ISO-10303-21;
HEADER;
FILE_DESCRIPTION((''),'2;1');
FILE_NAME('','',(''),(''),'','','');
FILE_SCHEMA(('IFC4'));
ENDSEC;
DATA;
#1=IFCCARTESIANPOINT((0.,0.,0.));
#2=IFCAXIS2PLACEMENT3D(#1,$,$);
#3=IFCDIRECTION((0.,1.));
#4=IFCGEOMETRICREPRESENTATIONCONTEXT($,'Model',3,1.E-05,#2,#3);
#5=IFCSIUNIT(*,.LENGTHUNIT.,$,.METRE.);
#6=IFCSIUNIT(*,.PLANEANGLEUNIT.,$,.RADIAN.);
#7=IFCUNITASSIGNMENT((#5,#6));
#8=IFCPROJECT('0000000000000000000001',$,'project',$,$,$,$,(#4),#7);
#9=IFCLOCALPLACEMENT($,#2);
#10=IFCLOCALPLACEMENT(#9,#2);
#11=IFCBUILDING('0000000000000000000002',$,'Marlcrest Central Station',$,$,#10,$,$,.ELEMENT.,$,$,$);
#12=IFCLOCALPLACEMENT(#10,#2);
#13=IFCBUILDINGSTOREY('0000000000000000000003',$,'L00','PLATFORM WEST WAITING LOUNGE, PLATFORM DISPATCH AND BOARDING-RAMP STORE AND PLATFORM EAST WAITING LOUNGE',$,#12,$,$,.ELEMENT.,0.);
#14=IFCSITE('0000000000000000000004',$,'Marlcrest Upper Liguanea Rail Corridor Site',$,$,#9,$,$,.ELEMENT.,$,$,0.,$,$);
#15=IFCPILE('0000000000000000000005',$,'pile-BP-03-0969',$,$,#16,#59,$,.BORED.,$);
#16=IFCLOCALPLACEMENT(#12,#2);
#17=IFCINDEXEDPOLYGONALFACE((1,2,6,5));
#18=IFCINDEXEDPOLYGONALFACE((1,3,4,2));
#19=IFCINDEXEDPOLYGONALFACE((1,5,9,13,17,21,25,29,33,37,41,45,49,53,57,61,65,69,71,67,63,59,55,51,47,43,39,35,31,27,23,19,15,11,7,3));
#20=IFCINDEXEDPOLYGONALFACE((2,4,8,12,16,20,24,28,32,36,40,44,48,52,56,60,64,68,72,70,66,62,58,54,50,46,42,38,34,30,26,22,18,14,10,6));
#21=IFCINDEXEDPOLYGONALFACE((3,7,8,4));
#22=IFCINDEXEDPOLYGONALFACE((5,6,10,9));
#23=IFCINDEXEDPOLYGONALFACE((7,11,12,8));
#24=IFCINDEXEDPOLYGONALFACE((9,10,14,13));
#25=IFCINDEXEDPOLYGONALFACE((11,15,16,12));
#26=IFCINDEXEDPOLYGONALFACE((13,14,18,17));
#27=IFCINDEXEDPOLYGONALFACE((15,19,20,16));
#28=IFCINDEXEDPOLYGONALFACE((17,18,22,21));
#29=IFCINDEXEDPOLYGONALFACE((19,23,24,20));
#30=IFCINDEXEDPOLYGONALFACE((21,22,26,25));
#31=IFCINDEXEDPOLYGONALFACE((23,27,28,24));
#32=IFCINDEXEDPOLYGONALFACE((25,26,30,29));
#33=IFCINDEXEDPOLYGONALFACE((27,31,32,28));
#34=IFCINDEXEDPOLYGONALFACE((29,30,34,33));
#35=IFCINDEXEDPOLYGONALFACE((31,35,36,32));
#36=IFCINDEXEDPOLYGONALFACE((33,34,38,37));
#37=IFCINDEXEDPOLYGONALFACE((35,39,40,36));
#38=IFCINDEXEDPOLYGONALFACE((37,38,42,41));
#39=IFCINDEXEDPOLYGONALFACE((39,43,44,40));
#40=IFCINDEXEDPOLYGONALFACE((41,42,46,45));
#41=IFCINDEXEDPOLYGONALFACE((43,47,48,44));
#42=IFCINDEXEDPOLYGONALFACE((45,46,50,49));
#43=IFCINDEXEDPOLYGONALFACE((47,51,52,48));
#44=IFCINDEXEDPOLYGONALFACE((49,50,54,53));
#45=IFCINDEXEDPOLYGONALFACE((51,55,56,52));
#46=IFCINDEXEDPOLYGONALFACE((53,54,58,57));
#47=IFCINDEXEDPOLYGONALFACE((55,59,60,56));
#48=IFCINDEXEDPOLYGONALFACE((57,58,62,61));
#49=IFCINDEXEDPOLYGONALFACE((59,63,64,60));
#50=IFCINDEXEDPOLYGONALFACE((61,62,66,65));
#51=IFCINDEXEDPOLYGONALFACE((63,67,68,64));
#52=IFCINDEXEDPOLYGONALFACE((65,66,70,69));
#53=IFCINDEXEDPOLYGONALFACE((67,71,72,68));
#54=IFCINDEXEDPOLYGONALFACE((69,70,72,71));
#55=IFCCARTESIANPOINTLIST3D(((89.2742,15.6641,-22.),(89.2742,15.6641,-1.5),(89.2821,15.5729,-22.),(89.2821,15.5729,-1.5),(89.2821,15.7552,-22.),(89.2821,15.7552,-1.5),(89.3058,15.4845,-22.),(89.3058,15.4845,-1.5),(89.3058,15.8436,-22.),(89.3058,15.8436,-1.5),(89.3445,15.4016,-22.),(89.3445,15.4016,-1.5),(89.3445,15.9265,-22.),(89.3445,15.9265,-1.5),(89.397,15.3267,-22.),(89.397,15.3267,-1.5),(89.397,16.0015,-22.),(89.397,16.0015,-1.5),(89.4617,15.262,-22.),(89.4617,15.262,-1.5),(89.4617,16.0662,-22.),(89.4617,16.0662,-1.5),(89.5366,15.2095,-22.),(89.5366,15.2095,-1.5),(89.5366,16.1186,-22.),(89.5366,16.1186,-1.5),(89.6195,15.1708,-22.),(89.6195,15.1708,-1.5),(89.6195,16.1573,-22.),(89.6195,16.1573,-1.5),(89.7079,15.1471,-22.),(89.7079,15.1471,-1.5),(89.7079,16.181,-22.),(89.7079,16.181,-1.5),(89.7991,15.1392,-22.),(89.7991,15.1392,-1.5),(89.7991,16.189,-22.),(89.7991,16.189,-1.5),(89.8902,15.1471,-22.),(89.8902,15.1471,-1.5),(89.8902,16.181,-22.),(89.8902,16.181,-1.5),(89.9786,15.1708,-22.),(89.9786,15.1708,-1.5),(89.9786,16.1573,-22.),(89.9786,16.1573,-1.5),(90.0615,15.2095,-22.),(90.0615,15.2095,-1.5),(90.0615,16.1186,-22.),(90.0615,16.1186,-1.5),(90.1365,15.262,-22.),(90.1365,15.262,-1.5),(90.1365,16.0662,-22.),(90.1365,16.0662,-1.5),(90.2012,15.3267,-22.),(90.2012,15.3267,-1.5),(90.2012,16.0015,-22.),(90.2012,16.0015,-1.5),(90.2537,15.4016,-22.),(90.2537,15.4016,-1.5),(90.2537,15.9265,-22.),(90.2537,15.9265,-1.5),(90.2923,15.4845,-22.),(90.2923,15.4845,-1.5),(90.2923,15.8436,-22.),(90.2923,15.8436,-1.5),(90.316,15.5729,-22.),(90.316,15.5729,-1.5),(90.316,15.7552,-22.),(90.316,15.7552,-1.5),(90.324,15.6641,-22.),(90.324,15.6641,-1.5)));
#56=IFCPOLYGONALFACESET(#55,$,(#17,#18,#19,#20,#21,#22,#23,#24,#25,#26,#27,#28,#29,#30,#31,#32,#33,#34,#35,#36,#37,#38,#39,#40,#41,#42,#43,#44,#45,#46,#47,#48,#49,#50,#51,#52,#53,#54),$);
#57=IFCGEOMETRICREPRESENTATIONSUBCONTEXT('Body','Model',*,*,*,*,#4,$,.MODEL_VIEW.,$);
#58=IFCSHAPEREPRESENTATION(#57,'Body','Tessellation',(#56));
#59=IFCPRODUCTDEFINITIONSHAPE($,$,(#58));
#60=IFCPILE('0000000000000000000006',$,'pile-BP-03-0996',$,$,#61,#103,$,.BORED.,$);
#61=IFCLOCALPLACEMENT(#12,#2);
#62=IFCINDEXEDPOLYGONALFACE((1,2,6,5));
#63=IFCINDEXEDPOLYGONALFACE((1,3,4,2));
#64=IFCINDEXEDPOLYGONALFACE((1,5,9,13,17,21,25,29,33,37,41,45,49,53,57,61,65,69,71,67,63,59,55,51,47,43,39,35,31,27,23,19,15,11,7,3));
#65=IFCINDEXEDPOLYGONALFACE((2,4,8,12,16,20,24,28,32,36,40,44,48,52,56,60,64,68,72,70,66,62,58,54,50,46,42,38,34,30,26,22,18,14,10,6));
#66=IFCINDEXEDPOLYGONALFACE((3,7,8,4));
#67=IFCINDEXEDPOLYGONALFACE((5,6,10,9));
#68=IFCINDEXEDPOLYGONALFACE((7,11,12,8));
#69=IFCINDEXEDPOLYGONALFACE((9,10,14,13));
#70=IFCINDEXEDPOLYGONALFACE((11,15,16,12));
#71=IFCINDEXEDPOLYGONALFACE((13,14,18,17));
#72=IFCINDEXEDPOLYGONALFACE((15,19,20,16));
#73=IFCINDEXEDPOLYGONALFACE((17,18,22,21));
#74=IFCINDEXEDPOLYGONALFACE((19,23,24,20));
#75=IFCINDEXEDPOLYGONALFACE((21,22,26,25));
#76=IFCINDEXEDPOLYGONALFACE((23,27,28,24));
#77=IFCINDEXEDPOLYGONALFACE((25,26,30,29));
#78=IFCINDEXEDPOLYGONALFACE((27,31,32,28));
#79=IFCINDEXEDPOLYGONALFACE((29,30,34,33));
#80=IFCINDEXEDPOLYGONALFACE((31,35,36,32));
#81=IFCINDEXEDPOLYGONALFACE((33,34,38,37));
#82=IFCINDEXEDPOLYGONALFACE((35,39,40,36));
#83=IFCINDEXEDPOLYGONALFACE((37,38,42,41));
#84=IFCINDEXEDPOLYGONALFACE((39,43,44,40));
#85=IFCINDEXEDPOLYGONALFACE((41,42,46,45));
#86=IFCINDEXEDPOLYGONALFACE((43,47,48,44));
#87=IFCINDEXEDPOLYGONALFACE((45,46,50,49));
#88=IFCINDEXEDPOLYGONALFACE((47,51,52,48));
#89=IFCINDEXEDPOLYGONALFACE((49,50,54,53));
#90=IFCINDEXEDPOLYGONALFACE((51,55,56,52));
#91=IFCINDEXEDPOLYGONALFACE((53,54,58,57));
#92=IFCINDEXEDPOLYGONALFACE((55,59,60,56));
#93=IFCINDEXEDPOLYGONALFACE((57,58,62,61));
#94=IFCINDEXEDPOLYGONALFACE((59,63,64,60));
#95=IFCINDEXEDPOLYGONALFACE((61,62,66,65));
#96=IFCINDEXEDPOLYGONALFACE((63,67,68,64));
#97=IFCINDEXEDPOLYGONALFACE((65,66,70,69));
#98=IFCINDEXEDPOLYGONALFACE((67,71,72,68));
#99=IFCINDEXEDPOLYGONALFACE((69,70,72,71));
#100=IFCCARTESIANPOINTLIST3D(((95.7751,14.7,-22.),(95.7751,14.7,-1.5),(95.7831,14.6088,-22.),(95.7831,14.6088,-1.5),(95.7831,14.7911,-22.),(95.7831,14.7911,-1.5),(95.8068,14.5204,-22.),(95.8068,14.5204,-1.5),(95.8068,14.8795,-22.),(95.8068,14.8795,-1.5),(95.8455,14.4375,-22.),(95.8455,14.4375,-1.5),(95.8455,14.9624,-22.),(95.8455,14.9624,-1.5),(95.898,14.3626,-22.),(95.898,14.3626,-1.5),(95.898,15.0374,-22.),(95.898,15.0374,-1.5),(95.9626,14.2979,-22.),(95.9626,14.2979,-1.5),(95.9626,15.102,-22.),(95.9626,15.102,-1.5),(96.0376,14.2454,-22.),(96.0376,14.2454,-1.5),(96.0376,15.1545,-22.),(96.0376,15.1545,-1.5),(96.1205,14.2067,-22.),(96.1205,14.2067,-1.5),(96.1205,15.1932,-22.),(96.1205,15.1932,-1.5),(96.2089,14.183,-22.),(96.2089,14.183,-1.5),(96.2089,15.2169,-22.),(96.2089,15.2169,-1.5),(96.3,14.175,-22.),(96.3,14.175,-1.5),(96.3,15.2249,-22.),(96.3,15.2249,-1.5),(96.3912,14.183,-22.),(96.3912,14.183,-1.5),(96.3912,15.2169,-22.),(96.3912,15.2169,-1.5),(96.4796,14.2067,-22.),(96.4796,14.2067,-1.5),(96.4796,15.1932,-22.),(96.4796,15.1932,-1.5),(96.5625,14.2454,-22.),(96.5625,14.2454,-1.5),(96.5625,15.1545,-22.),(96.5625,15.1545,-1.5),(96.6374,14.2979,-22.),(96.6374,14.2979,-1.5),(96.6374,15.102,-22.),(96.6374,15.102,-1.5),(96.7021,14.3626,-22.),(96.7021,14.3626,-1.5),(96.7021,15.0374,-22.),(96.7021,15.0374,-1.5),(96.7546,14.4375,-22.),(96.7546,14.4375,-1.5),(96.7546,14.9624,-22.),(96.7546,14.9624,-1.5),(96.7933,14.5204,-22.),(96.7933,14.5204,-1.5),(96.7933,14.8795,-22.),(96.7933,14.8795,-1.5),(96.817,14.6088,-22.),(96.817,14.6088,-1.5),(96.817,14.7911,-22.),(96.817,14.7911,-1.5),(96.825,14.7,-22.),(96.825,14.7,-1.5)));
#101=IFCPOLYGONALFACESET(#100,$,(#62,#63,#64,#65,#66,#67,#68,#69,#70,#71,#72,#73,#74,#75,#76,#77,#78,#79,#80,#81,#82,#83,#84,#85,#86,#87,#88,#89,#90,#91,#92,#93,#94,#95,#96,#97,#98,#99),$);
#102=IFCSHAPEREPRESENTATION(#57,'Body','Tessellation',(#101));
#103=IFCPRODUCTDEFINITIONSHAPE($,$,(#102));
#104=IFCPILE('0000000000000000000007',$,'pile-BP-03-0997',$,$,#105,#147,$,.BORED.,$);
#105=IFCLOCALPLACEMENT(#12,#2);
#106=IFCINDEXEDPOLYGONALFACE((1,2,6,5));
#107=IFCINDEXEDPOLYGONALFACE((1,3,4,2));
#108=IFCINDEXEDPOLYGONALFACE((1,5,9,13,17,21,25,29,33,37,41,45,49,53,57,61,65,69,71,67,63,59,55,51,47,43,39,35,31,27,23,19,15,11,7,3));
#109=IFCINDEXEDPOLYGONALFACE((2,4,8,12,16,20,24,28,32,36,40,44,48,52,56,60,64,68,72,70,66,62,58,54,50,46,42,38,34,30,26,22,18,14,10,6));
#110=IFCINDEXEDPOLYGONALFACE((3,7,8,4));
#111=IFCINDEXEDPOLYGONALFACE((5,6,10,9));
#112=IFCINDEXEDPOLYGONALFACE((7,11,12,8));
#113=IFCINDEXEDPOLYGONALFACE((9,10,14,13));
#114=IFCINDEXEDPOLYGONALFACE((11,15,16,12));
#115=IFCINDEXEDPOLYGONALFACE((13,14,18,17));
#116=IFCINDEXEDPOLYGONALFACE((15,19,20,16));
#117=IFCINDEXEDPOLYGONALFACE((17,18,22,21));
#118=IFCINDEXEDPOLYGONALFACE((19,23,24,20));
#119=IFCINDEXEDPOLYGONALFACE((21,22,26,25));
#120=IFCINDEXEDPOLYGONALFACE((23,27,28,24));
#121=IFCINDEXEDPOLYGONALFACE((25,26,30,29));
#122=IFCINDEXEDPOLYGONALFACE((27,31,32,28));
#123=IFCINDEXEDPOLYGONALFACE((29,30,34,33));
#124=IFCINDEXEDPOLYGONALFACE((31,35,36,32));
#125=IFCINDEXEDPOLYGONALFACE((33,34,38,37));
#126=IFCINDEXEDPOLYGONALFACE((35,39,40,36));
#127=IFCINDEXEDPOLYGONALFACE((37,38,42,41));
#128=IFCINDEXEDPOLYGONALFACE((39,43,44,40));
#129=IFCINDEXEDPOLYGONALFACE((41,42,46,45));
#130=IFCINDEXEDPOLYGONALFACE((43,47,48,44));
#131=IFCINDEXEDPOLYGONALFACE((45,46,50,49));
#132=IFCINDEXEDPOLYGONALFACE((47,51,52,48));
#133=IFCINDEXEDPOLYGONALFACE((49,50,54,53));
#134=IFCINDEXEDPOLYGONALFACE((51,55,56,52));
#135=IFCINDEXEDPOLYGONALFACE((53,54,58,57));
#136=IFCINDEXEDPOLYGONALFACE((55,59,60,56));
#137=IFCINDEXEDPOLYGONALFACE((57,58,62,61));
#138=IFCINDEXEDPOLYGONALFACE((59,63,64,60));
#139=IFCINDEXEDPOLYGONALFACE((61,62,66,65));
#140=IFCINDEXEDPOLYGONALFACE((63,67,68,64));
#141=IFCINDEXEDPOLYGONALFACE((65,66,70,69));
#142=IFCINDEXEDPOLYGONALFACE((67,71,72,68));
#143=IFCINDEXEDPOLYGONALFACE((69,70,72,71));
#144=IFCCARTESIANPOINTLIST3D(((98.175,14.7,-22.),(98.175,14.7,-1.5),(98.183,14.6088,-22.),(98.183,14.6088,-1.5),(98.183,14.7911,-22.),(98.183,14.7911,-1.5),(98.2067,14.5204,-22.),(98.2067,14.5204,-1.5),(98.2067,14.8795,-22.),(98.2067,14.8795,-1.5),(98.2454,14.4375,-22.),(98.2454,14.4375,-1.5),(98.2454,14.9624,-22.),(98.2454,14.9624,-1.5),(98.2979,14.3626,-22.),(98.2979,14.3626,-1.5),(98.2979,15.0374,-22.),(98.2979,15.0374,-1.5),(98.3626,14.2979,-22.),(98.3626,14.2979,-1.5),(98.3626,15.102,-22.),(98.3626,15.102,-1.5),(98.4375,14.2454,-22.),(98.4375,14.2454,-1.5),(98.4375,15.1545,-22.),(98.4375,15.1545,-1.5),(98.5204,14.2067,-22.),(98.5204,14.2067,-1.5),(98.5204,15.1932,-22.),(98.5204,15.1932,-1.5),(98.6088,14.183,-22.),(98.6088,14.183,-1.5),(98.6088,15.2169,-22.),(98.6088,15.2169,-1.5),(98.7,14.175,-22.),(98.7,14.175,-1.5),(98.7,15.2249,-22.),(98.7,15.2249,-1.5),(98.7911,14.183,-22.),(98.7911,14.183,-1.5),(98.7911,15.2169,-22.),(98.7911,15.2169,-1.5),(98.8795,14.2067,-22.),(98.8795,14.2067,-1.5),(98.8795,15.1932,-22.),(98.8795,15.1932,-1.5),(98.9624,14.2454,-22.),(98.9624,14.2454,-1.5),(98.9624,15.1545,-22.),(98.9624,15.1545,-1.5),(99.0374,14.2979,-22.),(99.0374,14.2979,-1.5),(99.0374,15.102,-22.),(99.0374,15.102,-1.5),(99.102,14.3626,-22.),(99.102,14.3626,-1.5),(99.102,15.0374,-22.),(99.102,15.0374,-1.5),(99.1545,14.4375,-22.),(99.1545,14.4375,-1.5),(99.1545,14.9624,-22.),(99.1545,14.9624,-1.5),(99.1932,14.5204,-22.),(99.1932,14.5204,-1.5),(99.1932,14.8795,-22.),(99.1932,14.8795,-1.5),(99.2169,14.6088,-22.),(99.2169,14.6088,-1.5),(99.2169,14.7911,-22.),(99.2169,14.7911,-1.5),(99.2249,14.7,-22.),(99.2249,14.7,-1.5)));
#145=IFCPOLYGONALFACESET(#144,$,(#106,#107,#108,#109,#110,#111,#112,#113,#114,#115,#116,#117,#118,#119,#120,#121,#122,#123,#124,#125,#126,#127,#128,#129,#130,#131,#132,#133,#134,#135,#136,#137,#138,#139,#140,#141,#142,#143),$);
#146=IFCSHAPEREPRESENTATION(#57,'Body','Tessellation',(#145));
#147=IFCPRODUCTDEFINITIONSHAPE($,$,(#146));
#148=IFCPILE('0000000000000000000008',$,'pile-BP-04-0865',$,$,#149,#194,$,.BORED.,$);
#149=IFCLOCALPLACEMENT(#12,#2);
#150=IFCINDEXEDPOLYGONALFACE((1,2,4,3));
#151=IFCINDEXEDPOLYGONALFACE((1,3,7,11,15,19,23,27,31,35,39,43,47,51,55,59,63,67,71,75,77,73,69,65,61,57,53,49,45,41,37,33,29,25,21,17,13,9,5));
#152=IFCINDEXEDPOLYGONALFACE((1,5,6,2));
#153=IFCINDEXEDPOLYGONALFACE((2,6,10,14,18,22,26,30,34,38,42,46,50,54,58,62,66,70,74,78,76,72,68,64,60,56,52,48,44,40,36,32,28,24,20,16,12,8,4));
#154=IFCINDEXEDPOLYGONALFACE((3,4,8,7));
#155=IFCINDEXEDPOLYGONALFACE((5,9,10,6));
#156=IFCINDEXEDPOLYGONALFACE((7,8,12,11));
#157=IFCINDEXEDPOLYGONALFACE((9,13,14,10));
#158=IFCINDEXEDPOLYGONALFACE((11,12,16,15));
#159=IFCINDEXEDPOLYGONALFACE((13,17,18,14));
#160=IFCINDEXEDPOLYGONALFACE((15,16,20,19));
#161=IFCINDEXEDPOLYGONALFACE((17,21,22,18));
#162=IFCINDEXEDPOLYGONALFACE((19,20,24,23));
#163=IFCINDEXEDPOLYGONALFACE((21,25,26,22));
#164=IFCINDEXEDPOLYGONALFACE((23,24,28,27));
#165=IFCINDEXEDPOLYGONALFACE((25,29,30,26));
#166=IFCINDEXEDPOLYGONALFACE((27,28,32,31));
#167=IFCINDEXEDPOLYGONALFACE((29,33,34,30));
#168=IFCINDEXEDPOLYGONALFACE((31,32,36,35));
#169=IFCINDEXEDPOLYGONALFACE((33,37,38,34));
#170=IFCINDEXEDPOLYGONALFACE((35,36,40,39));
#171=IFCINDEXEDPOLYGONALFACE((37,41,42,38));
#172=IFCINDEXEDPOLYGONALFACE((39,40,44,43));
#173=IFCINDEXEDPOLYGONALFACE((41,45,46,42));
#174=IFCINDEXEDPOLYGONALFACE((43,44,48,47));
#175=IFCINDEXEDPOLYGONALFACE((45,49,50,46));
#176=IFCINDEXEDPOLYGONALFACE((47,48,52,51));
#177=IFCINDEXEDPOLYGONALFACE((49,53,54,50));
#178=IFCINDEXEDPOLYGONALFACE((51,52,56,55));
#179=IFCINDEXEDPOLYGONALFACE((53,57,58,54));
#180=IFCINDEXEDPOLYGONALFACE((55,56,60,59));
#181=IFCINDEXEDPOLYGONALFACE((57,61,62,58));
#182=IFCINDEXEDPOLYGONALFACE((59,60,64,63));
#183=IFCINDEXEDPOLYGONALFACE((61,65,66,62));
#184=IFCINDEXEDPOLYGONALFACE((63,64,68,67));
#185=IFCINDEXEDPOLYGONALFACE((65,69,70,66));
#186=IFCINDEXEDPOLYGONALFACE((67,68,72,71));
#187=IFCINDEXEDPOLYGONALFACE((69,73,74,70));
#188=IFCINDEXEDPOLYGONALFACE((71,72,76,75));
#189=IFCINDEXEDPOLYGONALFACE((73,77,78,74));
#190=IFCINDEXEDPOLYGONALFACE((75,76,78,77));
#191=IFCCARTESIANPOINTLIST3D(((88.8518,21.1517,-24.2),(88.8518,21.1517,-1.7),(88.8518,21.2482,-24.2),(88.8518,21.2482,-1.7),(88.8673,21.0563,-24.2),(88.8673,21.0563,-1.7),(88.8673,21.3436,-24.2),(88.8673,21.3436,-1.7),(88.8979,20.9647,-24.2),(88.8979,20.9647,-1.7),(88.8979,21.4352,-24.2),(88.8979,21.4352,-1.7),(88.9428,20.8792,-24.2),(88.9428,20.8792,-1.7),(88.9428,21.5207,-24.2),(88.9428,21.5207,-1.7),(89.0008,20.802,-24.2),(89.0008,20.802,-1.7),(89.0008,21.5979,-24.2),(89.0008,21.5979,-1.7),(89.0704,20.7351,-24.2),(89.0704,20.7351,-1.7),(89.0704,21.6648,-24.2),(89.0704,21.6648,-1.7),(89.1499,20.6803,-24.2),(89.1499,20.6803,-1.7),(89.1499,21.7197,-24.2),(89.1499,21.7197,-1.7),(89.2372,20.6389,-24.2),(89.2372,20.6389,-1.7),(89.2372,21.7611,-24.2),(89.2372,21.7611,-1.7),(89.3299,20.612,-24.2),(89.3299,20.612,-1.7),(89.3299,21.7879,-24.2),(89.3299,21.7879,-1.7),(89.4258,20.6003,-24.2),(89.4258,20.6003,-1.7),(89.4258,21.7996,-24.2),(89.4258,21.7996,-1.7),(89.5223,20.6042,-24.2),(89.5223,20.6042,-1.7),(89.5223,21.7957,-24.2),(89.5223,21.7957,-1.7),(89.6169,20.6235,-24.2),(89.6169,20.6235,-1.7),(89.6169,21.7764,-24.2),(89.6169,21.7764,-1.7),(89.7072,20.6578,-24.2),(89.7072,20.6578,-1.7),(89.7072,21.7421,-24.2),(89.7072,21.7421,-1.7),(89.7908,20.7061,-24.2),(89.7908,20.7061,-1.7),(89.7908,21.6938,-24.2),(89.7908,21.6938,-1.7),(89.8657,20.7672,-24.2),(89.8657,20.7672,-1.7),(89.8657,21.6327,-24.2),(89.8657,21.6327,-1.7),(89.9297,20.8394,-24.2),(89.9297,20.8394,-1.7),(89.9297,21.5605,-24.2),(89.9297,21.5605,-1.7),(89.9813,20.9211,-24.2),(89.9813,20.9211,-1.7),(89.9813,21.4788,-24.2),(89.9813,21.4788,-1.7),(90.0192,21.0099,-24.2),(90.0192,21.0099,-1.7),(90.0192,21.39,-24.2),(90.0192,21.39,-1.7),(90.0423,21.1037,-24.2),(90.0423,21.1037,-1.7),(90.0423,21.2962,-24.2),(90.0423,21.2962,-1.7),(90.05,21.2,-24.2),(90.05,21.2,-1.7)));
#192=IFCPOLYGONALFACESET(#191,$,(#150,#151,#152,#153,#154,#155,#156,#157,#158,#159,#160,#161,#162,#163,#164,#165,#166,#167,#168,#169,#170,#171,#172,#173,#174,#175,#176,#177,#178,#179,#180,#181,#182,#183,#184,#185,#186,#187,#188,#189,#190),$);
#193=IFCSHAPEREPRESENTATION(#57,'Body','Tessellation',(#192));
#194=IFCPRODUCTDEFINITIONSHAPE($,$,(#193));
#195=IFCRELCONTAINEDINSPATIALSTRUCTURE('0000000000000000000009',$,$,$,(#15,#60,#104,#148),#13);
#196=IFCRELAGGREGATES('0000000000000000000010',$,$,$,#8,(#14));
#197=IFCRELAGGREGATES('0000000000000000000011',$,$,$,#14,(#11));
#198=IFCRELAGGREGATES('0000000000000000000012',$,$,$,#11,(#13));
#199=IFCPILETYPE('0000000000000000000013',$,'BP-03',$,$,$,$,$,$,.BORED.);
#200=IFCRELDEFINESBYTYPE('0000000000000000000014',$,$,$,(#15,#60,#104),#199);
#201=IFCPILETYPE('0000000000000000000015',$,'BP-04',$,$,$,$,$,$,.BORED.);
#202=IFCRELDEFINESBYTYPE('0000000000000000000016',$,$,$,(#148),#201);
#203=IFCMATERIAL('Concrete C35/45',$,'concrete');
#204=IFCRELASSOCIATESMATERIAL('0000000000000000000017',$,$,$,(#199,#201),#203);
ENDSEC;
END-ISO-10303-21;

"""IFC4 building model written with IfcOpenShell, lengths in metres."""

from ifc_helpers import new_model, si_unit, direction, frame, origin, origin_2d, place, context, subcontext, project, spatial, circle, extrude, material, material_profile, profile_set, type_object, element, save


model = new_model("IFC4")

# Units and contexts
model_context = context("Model", 3, precision=1e-05, world=origin(), true_north=direction((0.0, 1.0)))
body_context = subcontext(model_context, "Body", "Model", "MODEL_VIEW")
ifc_project = project(units=[si_unit("LENGTHUNIT", "METRE"), si_unit("PLANEANGLEUNIT", "RADIAN")], contexts=[model_context])

# Site, building, storey
site_placement = place(None, origin())
site = spatial("IfcSite", under=ifc_project, at=site_placement, Name="Marlcrest Upper Liguanea Rail Corridor Site", CompositionType="ELEMENT", RefElevation=0.0)
building_placement = place(site_placement, origin())
building = spatial("IfcBuilding", under=site, at=building_placement, Name="Marlcrest Central Station", CompositionType="ELEMENT")
storey_placement = place(building_placement, origin())
storey = spatial("IfcBuildingStorey", under=building, at=storey_placement, Name="L00", Description="PLATFORM WEST WAITING LOUNGE, PLATFORM DISPATCH AND BOARDING-RAMP STORE AND PLATFORM EAST WAITING LOUNGE", CompositionType="ELEMENT", Elevation=0.0)

# Piles
ifc_material_1 = material(Name="Concrete C35/45", Category="concrete")
ifc_material_profile_1 = material_profile(ifc_material_1, circle(Radius=0.5249, at=origin_2d()), Name="PILE D1050")
ifc_profile_set_1 = profile_set([ifc_material_profile_1], Name="Concrete C35/45")
pile_type_1 = type_object("IfcPileType", Name="BP-03", PredefinedType="BORED", material=ifc_profile_set_1)
for number, where, z_axis, x_axis, name in (
    (1, (89.7991, 15.6641, -1.5), (0.0, 0.0, -1.0), (1.0, 0.0, 0.0), "pile-BP-03-0969"),
    (2, (96.3, 14.7, -1.5), (0.0, 0.0, -1.0), (1.0, 0.0, 0.0), "pile-BP-03-0996"),
    (3, (98.7, 14.7, -1.5), (0.0, 0.0, -1.0), (1.0, 0.0, 0.0), "pile-BP-03-0997"),
):
    element("IfcPile", number, at=place(storey_placement, frame(where, z_axis=z_axis, x_axis=x_axis)), inside=storey, type_object=pile_type_1, Name=name, PredefinedType="BORED", context=body_context, shape_type="SweptSolid", body=[
        extrude(circle(Radius=0.5249, at=origin_2d()), origin(), (0.0, 0.0, 1.0), 20.5),
    ])
ifc_material_profile_2 = material_profile(ifc_material_1, circle(Radius=0.6001, at=origin_2d()), Name="PILE D1200")
ifc_profile_set_2 = profile_set([ifc_material_profile_2], Name="Concrete C35/45")
pile_type_2 = type_object("IfcPileType", Name="BP-04", PredefinedType="BORED", material=ifc_profile_set_2)
for number, where, z_axis, x_axis, name in (
    (4, (89.45, 21.2, -1.7), (0.0, 0.0, -1.0), (1.0, 0.0, 0.0), "pile-BP-04-0865"),
):
    element("IfcPile", number, at=place(storey_placement, frame(where, z_axis=z_axis, x_axis=x_axis)), inside=storey, type_object=pile_type_2, Name=name, PredefinedType="BORED", context=body_context, shape_type="SweptSolid", body=[
        extrude(circle(Radius=0.6001, at=origin_2d()), origin(), (0.0, 0.0, 1.0), 22.5),
    ])

save(model, "model.ifc")
